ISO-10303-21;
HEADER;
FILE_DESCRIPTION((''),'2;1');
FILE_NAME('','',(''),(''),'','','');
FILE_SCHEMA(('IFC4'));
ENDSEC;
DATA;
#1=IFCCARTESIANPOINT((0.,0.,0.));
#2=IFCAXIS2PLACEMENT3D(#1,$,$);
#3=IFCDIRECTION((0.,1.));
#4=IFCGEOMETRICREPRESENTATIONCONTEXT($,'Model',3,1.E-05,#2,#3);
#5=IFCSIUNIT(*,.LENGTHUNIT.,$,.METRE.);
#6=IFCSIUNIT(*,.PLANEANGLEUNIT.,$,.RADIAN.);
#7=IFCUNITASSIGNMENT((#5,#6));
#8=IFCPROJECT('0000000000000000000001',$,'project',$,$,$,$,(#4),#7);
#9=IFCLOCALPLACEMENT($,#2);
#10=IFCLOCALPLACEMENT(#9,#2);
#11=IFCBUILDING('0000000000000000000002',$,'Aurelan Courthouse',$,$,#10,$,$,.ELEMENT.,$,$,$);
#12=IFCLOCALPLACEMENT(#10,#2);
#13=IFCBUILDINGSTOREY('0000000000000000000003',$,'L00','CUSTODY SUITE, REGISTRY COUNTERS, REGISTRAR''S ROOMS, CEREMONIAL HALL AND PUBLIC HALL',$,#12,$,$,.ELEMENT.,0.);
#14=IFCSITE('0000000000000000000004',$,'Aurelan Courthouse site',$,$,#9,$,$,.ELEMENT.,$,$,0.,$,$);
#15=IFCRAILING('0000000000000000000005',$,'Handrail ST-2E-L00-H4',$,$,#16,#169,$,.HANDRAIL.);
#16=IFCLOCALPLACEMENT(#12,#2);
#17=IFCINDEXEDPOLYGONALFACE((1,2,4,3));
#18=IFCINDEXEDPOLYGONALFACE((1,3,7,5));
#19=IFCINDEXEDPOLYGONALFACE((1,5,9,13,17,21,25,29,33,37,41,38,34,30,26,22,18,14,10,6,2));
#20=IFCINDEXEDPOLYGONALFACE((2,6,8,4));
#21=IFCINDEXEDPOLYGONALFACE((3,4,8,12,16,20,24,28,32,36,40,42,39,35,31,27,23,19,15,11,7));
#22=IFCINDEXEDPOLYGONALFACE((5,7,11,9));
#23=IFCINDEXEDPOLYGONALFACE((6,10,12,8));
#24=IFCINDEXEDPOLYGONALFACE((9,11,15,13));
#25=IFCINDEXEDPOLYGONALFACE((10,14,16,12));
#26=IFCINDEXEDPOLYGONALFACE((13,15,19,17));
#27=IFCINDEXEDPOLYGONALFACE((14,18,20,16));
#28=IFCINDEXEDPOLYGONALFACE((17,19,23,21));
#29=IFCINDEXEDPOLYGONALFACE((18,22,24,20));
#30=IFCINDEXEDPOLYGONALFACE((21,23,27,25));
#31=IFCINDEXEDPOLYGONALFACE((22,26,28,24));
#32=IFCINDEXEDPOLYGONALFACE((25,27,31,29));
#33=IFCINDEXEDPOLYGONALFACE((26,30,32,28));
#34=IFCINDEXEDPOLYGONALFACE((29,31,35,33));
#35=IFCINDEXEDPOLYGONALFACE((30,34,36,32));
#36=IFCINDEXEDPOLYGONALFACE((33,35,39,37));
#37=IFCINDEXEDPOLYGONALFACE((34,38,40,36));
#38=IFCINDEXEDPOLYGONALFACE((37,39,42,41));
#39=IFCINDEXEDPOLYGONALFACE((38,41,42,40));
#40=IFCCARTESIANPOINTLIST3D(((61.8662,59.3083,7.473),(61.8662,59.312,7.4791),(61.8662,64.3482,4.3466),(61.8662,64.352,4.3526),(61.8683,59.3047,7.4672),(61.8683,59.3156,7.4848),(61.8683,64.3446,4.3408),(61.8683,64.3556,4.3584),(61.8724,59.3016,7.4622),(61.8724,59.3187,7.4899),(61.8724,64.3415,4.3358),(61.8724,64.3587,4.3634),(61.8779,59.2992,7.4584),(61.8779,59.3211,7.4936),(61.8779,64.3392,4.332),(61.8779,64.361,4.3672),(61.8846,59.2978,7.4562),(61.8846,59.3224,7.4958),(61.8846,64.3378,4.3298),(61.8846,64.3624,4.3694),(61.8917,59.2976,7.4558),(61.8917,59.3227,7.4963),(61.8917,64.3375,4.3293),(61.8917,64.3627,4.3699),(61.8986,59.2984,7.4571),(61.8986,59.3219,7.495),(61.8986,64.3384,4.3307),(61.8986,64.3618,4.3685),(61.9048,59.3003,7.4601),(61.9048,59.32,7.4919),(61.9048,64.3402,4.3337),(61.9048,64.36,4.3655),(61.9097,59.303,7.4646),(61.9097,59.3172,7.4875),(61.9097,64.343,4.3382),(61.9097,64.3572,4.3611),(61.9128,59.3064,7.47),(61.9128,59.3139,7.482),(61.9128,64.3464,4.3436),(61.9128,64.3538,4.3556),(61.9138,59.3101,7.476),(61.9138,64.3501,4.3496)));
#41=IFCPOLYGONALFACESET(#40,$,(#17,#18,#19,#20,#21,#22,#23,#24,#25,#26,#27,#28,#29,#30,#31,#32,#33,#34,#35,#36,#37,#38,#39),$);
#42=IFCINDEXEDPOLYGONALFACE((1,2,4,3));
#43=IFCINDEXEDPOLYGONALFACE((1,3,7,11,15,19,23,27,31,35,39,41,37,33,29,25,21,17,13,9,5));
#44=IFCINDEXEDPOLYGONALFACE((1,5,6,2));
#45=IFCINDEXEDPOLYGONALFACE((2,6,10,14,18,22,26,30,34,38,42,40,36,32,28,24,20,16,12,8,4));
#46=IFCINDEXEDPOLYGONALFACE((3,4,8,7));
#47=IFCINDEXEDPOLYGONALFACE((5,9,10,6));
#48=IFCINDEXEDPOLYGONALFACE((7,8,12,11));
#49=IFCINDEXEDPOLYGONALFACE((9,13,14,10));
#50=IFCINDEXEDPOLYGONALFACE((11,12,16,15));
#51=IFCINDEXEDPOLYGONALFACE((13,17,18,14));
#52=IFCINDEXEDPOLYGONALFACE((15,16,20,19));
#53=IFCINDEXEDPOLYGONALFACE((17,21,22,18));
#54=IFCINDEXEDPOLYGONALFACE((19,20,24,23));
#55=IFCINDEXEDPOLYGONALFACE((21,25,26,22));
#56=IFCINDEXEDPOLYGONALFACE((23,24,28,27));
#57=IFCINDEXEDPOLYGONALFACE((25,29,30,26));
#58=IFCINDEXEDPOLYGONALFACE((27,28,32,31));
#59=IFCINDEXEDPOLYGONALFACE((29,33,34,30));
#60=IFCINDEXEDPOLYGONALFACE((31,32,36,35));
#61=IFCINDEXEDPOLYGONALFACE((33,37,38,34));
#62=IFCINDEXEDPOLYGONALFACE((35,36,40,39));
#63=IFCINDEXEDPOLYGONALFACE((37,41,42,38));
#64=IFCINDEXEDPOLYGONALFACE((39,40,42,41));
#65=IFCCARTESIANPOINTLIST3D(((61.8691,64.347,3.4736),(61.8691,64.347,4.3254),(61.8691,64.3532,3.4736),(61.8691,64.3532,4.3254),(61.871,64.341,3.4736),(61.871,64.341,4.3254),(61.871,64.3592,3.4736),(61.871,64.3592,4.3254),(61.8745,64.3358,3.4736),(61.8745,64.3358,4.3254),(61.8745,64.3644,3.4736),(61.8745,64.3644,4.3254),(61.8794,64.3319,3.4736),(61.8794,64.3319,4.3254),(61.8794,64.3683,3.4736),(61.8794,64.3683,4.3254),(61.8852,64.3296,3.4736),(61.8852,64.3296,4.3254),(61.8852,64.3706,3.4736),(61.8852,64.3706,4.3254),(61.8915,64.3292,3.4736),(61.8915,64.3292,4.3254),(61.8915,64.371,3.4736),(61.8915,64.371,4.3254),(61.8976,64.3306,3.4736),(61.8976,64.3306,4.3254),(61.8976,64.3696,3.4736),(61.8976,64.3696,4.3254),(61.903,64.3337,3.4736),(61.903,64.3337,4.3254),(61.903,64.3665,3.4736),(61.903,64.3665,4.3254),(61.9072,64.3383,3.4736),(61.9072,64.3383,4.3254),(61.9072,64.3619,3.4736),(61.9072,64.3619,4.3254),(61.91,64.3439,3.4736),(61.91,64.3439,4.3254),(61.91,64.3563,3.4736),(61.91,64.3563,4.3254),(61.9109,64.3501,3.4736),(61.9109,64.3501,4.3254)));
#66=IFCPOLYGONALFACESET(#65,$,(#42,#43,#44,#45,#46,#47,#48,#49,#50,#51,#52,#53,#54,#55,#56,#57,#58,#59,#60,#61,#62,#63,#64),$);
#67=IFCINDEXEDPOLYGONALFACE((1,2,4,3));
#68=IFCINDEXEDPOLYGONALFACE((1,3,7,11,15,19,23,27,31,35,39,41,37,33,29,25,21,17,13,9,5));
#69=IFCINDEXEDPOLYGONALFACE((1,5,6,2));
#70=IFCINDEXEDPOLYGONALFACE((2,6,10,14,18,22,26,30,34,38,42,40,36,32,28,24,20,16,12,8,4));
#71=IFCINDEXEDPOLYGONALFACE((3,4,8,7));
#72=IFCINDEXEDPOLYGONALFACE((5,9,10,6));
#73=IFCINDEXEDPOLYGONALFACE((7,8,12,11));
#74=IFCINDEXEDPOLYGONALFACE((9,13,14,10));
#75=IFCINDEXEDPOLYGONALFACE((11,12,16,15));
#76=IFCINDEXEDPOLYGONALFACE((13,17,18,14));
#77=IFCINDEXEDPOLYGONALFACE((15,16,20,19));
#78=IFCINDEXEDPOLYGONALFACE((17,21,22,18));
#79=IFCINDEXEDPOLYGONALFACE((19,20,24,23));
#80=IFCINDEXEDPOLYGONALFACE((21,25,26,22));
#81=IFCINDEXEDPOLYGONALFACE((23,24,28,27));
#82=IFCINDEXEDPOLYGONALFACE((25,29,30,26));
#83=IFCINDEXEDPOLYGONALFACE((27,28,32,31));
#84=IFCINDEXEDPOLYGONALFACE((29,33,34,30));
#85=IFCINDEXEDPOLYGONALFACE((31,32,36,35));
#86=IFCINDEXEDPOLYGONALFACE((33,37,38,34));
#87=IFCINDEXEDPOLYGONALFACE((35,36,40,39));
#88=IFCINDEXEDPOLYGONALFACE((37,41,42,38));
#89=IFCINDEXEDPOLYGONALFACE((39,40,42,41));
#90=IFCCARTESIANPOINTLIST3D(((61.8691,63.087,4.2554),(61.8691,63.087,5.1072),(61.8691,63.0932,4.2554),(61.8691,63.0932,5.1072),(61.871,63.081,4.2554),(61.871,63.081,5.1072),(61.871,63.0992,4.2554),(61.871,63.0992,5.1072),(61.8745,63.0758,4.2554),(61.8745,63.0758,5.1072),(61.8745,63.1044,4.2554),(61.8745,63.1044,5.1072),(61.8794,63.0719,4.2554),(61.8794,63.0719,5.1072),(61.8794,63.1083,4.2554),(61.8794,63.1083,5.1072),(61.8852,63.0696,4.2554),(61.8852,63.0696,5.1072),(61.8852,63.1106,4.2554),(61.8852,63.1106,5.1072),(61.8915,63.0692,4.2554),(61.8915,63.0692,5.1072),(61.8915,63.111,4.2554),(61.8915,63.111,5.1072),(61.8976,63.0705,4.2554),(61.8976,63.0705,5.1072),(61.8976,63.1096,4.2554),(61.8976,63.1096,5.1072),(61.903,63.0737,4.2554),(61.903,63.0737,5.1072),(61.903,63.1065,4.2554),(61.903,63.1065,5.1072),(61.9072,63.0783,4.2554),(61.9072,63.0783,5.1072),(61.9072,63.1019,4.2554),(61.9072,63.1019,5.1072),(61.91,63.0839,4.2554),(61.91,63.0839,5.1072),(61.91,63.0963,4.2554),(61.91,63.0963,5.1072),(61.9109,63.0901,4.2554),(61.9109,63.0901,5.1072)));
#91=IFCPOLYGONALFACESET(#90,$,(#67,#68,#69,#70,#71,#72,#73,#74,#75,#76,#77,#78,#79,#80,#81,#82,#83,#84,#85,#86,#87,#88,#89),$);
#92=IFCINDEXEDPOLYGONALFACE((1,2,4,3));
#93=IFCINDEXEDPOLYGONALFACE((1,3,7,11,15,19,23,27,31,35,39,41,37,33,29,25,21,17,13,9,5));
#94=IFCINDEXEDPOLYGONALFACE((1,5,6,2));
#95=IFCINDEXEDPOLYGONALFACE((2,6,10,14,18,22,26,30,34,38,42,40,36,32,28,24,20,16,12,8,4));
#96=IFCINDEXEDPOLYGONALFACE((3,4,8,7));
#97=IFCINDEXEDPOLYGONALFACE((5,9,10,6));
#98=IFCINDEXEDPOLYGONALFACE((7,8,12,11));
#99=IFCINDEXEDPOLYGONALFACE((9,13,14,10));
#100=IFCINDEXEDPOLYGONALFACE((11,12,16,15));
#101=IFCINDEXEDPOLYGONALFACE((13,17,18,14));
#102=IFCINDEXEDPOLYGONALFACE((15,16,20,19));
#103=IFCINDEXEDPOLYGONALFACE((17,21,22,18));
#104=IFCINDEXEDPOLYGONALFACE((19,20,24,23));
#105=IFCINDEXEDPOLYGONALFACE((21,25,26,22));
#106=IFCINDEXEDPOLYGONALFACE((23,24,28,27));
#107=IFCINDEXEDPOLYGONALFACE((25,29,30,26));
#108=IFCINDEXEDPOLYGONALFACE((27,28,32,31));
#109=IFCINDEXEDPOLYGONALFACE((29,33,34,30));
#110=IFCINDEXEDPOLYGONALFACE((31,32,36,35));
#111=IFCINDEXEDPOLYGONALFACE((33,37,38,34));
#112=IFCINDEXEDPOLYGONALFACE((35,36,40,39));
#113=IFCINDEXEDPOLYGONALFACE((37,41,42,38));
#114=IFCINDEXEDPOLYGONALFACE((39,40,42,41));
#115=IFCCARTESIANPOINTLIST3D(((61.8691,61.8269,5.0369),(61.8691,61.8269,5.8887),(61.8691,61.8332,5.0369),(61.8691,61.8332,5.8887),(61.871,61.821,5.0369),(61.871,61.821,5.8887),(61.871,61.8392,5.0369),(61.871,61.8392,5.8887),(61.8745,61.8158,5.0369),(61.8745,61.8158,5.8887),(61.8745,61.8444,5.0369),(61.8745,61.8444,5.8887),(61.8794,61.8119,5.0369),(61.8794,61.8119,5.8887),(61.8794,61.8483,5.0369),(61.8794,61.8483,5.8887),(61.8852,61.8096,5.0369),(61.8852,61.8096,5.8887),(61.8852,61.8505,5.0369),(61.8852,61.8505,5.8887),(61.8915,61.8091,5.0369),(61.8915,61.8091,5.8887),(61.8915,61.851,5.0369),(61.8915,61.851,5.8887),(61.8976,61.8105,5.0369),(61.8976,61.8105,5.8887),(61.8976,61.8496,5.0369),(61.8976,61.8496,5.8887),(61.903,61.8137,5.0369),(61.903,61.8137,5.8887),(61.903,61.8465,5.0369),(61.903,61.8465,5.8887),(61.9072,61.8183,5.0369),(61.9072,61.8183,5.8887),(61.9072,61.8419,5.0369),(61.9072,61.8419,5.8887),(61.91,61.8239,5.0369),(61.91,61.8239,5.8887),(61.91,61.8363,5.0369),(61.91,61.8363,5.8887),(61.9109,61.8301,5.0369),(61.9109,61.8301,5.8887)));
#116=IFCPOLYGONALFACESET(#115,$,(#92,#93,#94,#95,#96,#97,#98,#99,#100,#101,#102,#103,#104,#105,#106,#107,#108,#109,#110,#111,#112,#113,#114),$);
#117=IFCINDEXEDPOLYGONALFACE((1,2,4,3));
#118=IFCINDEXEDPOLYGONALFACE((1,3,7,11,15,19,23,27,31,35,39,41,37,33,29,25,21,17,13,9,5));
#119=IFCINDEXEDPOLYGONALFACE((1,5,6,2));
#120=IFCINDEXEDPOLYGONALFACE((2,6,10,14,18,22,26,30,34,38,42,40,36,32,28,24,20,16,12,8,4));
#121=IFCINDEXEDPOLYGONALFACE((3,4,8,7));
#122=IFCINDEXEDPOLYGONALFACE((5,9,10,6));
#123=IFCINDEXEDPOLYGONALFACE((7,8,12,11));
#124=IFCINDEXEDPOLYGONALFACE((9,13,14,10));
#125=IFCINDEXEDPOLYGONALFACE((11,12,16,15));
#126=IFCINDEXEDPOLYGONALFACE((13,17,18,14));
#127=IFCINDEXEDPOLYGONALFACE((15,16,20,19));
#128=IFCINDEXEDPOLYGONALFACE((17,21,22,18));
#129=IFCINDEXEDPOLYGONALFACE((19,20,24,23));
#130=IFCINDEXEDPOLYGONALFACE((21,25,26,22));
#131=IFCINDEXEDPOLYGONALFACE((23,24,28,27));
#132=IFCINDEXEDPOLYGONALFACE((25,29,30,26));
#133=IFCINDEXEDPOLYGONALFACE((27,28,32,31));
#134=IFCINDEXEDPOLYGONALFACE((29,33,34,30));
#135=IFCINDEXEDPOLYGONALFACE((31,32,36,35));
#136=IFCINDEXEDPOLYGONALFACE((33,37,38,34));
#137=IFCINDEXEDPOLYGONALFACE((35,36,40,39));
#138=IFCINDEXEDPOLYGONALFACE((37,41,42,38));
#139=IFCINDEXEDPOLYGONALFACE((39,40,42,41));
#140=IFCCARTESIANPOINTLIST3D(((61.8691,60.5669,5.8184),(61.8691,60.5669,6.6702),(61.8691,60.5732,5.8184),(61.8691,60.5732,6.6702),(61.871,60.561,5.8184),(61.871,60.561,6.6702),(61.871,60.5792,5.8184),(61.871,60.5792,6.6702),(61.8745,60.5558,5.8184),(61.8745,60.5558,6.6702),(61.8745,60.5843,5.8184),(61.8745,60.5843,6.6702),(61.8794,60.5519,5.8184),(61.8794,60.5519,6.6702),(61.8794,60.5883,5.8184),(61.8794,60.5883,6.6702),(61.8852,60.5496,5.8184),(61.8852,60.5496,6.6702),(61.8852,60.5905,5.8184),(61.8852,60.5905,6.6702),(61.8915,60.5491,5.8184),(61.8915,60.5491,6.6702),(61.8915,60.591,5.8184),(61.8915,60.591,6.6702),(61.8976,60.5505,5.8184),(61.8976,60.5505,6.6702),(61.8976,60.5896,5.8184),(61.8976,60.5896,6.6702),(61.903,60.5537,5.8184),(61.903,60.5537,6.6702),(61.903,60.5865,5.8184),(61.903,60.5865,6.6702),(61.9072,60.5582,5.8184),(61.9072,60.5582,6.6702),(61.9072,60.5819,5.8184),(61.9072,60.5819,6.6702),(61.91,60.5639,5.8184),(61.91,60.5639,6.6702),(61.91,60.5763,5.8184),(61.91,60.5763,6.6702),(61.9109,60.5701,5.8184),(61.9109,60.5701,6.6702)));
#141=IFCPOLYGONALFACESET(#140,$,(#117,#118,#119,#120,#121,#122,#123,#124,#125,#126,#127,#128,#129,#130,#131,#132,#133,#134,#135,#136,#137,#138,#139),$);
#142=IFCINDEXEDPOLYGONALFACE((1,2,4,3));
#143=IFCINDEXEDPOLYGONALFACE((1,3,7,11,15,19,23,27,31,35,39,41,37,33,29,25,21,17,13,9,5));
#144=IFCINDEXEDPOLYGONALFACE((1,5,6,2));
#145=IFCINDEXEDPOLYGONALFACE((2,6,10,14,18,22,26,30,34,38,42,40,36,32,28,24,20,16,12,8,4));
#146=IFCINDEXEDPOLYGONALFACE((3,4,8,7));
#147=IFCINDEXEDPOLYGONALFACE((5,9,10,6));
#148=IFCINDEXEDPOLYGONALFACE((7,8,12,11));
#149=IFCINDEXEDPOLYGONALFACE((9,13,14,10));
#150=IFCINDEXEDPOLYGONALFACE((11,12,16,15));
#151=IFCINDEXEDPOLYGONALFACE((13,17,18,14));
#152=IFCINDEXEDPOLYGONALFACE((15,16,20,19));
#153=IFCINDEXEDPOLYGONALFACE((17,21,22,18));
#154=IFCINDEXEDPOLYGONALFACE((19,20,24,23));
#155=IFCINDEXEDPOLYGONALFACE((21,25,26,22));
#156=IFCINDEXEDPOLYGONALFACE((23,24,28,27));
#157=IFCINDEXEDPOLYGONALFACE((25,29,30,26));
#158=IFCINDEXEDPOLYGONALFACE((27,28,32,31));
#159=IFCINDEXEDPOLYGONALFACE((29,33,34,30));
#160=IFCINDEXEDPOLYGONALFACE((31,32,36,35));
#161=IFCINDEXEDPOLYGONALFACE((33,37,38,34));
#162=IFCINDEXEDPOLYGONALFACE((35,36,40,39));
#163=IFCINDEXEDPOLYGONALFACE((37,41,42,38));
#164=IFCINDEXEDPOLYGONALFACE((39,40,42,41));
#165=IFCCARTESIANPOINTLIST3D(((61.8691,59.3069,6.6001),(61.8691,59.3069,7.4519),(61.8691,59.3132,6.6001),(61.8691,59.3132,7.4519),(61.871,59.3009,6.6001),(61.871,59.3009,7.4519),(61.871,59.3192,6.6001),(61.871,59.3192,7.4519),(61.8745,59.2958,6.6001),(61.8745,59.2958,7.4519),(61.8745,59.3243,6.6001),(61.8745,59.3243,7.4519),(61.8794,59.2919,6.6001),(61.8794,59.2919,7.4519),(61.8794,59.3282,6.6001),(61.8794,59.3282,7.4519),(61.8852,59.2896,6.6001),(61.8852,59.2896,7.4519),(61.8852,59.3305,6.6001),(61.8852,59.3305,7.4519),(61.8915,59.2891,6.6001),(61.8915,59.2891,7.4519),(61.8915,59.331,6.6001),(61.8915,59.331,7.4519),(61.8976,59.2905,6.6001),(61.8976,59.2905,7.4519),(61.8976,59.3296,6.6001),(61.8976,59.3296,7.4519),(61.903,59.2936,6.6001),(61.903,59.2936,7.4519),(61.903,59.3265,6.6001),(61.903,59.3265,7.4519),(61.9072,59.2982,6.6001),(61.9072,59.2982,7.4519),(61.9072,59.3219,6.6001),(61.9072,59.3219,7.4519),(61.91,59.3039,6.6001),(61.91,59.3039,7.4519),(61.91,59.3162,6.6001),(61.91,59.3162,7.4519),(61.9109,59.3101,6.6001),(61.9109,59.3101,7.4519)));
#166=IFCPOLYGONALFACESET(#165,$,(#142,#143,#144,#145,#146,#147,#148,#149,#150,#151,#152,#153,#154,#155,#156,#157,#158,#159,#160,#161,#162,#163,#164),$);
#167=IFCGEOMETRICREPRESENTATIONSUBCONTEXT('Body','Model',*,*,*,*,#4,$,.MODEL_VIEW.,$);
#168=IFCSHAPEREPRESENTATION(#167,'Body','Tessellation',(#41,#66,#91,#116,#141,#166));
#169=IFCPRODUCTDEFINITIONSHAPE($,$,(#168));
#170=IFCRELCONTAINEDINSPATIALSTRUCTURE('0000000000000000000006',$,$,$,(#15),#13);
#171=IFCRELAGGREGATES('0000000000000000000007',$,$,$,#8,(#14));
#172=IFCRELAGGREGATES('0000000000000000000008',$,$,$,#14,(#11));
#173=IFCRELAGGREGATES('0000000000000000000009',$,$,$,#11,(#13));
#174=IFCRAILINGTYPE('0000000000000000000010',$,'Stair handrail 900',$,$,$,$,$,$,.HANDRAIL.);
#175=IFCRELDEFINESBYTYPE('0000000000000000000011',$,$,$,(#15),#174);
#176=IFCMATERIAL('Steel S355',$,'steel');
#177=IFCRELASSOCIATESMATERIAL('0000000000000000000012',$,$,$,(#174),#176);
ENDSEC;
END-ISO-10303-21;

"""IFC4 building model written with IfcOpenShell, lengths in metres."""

from ifc_helpers import new_model, si_unit, direction, frame, origin, origin_2d, place, context, subcontext, project, spatial, circle, extrude, material, type_object, element, save


model = new_model("IFC4")

# Units and contexts
model_context = context("Model", 3, precision=1e-05, world=origin(), true_north=direction((0.0, 1.0)))
body_context = subcontext(model_context, "Body", "Model", "MODEL_VIEW")
ifc_project = project(units=[si_unit("LENGTHUNIT", "METRE"), si_unit("PLANEANGLEUNIT", "RADIAN")], contexts=[model_context])

# Site, building, storey
site_placement = place(None, origin())
site = spatial("IfcSite", under=ifc_project, at=site_placement, Name="Aurelan Courthouse site", CompositionType="ELEMENT", RefElevation=0.0)
building_placement = place(site_placement, origin())
building = spatial("IfcBuilding", under=site, at=building_placement, Name="Aurelan Courthouse", CompositionType="ELEMENT")
storey_placement = place(building_placement, origin())
storey = spatial("IfcBuildingStorey", under=building, at=storey_placement, Name="L00", Description="CUSTODY SUITE, REGISTRY COUNTERS, REGISTRAR'S ROOMS, CEREMONIAL HALL AND PUBLIC HALL", CompositionType="ELEMENT", Elevation=0.0)

# Railing
ifc_material_1 = material(Name="Steel S355", Category="steel")
railing_type_1 = type_object("IfcRailingType", Name="Stair handrail 900", PredefinedType="HANDRAIL", material=ifc_material_1)
railing_1_placement = place(storey_placement, frame((61.8899, 64.3501, 3.4736)))
element("IfcRailing", 1, at=railing_1_placement, inside=storey, type_object=railing_type_1, Name="Handrail ST-2E-L00-H4", PredefinedType="HANDRAIL", context=body_context, shape_type="SweptSolid", body=[
    extrude(circle(Radius=0.0239, at=origin_2d()), frame((0.0, 0.0, 0.876), z_axis=(0.0, -0.849779, 0.527139), x_axis=(1.0, 0.0, 0.0)), (0.0, 0.0, 1.0), 5.9309),
    extrude(circle(Radius=0.021, at=origin_2d()), origin(), (0.0, 0.0, 1.0), 0.8518),
    extrude(circle(Radius=0.021, at=origin_2d()), frame((0.0, -1.26, 0.7817)), (0.0, 0.0, 1.0), 0.8518),
    extrude(circle(Radius=0.021, at=origin_2d()), frame((0.0, -2.52, 1.5632)), (0.0, 0.0, 1.0), 0.8518),
    extrude(circle(Radius=0.021, at=origin_2d()), frame((0.0, -3.78, 2.3447)), (0.0, 0.0, 1.0), 0.8518),
    extrude(circle(Radius=0.021, at=origin_2d()), frame((0.0, -5.04, 3.1265)), (0.0, 0.0, 1.0), 0.8518),
])

save(model, "model.ifc")
